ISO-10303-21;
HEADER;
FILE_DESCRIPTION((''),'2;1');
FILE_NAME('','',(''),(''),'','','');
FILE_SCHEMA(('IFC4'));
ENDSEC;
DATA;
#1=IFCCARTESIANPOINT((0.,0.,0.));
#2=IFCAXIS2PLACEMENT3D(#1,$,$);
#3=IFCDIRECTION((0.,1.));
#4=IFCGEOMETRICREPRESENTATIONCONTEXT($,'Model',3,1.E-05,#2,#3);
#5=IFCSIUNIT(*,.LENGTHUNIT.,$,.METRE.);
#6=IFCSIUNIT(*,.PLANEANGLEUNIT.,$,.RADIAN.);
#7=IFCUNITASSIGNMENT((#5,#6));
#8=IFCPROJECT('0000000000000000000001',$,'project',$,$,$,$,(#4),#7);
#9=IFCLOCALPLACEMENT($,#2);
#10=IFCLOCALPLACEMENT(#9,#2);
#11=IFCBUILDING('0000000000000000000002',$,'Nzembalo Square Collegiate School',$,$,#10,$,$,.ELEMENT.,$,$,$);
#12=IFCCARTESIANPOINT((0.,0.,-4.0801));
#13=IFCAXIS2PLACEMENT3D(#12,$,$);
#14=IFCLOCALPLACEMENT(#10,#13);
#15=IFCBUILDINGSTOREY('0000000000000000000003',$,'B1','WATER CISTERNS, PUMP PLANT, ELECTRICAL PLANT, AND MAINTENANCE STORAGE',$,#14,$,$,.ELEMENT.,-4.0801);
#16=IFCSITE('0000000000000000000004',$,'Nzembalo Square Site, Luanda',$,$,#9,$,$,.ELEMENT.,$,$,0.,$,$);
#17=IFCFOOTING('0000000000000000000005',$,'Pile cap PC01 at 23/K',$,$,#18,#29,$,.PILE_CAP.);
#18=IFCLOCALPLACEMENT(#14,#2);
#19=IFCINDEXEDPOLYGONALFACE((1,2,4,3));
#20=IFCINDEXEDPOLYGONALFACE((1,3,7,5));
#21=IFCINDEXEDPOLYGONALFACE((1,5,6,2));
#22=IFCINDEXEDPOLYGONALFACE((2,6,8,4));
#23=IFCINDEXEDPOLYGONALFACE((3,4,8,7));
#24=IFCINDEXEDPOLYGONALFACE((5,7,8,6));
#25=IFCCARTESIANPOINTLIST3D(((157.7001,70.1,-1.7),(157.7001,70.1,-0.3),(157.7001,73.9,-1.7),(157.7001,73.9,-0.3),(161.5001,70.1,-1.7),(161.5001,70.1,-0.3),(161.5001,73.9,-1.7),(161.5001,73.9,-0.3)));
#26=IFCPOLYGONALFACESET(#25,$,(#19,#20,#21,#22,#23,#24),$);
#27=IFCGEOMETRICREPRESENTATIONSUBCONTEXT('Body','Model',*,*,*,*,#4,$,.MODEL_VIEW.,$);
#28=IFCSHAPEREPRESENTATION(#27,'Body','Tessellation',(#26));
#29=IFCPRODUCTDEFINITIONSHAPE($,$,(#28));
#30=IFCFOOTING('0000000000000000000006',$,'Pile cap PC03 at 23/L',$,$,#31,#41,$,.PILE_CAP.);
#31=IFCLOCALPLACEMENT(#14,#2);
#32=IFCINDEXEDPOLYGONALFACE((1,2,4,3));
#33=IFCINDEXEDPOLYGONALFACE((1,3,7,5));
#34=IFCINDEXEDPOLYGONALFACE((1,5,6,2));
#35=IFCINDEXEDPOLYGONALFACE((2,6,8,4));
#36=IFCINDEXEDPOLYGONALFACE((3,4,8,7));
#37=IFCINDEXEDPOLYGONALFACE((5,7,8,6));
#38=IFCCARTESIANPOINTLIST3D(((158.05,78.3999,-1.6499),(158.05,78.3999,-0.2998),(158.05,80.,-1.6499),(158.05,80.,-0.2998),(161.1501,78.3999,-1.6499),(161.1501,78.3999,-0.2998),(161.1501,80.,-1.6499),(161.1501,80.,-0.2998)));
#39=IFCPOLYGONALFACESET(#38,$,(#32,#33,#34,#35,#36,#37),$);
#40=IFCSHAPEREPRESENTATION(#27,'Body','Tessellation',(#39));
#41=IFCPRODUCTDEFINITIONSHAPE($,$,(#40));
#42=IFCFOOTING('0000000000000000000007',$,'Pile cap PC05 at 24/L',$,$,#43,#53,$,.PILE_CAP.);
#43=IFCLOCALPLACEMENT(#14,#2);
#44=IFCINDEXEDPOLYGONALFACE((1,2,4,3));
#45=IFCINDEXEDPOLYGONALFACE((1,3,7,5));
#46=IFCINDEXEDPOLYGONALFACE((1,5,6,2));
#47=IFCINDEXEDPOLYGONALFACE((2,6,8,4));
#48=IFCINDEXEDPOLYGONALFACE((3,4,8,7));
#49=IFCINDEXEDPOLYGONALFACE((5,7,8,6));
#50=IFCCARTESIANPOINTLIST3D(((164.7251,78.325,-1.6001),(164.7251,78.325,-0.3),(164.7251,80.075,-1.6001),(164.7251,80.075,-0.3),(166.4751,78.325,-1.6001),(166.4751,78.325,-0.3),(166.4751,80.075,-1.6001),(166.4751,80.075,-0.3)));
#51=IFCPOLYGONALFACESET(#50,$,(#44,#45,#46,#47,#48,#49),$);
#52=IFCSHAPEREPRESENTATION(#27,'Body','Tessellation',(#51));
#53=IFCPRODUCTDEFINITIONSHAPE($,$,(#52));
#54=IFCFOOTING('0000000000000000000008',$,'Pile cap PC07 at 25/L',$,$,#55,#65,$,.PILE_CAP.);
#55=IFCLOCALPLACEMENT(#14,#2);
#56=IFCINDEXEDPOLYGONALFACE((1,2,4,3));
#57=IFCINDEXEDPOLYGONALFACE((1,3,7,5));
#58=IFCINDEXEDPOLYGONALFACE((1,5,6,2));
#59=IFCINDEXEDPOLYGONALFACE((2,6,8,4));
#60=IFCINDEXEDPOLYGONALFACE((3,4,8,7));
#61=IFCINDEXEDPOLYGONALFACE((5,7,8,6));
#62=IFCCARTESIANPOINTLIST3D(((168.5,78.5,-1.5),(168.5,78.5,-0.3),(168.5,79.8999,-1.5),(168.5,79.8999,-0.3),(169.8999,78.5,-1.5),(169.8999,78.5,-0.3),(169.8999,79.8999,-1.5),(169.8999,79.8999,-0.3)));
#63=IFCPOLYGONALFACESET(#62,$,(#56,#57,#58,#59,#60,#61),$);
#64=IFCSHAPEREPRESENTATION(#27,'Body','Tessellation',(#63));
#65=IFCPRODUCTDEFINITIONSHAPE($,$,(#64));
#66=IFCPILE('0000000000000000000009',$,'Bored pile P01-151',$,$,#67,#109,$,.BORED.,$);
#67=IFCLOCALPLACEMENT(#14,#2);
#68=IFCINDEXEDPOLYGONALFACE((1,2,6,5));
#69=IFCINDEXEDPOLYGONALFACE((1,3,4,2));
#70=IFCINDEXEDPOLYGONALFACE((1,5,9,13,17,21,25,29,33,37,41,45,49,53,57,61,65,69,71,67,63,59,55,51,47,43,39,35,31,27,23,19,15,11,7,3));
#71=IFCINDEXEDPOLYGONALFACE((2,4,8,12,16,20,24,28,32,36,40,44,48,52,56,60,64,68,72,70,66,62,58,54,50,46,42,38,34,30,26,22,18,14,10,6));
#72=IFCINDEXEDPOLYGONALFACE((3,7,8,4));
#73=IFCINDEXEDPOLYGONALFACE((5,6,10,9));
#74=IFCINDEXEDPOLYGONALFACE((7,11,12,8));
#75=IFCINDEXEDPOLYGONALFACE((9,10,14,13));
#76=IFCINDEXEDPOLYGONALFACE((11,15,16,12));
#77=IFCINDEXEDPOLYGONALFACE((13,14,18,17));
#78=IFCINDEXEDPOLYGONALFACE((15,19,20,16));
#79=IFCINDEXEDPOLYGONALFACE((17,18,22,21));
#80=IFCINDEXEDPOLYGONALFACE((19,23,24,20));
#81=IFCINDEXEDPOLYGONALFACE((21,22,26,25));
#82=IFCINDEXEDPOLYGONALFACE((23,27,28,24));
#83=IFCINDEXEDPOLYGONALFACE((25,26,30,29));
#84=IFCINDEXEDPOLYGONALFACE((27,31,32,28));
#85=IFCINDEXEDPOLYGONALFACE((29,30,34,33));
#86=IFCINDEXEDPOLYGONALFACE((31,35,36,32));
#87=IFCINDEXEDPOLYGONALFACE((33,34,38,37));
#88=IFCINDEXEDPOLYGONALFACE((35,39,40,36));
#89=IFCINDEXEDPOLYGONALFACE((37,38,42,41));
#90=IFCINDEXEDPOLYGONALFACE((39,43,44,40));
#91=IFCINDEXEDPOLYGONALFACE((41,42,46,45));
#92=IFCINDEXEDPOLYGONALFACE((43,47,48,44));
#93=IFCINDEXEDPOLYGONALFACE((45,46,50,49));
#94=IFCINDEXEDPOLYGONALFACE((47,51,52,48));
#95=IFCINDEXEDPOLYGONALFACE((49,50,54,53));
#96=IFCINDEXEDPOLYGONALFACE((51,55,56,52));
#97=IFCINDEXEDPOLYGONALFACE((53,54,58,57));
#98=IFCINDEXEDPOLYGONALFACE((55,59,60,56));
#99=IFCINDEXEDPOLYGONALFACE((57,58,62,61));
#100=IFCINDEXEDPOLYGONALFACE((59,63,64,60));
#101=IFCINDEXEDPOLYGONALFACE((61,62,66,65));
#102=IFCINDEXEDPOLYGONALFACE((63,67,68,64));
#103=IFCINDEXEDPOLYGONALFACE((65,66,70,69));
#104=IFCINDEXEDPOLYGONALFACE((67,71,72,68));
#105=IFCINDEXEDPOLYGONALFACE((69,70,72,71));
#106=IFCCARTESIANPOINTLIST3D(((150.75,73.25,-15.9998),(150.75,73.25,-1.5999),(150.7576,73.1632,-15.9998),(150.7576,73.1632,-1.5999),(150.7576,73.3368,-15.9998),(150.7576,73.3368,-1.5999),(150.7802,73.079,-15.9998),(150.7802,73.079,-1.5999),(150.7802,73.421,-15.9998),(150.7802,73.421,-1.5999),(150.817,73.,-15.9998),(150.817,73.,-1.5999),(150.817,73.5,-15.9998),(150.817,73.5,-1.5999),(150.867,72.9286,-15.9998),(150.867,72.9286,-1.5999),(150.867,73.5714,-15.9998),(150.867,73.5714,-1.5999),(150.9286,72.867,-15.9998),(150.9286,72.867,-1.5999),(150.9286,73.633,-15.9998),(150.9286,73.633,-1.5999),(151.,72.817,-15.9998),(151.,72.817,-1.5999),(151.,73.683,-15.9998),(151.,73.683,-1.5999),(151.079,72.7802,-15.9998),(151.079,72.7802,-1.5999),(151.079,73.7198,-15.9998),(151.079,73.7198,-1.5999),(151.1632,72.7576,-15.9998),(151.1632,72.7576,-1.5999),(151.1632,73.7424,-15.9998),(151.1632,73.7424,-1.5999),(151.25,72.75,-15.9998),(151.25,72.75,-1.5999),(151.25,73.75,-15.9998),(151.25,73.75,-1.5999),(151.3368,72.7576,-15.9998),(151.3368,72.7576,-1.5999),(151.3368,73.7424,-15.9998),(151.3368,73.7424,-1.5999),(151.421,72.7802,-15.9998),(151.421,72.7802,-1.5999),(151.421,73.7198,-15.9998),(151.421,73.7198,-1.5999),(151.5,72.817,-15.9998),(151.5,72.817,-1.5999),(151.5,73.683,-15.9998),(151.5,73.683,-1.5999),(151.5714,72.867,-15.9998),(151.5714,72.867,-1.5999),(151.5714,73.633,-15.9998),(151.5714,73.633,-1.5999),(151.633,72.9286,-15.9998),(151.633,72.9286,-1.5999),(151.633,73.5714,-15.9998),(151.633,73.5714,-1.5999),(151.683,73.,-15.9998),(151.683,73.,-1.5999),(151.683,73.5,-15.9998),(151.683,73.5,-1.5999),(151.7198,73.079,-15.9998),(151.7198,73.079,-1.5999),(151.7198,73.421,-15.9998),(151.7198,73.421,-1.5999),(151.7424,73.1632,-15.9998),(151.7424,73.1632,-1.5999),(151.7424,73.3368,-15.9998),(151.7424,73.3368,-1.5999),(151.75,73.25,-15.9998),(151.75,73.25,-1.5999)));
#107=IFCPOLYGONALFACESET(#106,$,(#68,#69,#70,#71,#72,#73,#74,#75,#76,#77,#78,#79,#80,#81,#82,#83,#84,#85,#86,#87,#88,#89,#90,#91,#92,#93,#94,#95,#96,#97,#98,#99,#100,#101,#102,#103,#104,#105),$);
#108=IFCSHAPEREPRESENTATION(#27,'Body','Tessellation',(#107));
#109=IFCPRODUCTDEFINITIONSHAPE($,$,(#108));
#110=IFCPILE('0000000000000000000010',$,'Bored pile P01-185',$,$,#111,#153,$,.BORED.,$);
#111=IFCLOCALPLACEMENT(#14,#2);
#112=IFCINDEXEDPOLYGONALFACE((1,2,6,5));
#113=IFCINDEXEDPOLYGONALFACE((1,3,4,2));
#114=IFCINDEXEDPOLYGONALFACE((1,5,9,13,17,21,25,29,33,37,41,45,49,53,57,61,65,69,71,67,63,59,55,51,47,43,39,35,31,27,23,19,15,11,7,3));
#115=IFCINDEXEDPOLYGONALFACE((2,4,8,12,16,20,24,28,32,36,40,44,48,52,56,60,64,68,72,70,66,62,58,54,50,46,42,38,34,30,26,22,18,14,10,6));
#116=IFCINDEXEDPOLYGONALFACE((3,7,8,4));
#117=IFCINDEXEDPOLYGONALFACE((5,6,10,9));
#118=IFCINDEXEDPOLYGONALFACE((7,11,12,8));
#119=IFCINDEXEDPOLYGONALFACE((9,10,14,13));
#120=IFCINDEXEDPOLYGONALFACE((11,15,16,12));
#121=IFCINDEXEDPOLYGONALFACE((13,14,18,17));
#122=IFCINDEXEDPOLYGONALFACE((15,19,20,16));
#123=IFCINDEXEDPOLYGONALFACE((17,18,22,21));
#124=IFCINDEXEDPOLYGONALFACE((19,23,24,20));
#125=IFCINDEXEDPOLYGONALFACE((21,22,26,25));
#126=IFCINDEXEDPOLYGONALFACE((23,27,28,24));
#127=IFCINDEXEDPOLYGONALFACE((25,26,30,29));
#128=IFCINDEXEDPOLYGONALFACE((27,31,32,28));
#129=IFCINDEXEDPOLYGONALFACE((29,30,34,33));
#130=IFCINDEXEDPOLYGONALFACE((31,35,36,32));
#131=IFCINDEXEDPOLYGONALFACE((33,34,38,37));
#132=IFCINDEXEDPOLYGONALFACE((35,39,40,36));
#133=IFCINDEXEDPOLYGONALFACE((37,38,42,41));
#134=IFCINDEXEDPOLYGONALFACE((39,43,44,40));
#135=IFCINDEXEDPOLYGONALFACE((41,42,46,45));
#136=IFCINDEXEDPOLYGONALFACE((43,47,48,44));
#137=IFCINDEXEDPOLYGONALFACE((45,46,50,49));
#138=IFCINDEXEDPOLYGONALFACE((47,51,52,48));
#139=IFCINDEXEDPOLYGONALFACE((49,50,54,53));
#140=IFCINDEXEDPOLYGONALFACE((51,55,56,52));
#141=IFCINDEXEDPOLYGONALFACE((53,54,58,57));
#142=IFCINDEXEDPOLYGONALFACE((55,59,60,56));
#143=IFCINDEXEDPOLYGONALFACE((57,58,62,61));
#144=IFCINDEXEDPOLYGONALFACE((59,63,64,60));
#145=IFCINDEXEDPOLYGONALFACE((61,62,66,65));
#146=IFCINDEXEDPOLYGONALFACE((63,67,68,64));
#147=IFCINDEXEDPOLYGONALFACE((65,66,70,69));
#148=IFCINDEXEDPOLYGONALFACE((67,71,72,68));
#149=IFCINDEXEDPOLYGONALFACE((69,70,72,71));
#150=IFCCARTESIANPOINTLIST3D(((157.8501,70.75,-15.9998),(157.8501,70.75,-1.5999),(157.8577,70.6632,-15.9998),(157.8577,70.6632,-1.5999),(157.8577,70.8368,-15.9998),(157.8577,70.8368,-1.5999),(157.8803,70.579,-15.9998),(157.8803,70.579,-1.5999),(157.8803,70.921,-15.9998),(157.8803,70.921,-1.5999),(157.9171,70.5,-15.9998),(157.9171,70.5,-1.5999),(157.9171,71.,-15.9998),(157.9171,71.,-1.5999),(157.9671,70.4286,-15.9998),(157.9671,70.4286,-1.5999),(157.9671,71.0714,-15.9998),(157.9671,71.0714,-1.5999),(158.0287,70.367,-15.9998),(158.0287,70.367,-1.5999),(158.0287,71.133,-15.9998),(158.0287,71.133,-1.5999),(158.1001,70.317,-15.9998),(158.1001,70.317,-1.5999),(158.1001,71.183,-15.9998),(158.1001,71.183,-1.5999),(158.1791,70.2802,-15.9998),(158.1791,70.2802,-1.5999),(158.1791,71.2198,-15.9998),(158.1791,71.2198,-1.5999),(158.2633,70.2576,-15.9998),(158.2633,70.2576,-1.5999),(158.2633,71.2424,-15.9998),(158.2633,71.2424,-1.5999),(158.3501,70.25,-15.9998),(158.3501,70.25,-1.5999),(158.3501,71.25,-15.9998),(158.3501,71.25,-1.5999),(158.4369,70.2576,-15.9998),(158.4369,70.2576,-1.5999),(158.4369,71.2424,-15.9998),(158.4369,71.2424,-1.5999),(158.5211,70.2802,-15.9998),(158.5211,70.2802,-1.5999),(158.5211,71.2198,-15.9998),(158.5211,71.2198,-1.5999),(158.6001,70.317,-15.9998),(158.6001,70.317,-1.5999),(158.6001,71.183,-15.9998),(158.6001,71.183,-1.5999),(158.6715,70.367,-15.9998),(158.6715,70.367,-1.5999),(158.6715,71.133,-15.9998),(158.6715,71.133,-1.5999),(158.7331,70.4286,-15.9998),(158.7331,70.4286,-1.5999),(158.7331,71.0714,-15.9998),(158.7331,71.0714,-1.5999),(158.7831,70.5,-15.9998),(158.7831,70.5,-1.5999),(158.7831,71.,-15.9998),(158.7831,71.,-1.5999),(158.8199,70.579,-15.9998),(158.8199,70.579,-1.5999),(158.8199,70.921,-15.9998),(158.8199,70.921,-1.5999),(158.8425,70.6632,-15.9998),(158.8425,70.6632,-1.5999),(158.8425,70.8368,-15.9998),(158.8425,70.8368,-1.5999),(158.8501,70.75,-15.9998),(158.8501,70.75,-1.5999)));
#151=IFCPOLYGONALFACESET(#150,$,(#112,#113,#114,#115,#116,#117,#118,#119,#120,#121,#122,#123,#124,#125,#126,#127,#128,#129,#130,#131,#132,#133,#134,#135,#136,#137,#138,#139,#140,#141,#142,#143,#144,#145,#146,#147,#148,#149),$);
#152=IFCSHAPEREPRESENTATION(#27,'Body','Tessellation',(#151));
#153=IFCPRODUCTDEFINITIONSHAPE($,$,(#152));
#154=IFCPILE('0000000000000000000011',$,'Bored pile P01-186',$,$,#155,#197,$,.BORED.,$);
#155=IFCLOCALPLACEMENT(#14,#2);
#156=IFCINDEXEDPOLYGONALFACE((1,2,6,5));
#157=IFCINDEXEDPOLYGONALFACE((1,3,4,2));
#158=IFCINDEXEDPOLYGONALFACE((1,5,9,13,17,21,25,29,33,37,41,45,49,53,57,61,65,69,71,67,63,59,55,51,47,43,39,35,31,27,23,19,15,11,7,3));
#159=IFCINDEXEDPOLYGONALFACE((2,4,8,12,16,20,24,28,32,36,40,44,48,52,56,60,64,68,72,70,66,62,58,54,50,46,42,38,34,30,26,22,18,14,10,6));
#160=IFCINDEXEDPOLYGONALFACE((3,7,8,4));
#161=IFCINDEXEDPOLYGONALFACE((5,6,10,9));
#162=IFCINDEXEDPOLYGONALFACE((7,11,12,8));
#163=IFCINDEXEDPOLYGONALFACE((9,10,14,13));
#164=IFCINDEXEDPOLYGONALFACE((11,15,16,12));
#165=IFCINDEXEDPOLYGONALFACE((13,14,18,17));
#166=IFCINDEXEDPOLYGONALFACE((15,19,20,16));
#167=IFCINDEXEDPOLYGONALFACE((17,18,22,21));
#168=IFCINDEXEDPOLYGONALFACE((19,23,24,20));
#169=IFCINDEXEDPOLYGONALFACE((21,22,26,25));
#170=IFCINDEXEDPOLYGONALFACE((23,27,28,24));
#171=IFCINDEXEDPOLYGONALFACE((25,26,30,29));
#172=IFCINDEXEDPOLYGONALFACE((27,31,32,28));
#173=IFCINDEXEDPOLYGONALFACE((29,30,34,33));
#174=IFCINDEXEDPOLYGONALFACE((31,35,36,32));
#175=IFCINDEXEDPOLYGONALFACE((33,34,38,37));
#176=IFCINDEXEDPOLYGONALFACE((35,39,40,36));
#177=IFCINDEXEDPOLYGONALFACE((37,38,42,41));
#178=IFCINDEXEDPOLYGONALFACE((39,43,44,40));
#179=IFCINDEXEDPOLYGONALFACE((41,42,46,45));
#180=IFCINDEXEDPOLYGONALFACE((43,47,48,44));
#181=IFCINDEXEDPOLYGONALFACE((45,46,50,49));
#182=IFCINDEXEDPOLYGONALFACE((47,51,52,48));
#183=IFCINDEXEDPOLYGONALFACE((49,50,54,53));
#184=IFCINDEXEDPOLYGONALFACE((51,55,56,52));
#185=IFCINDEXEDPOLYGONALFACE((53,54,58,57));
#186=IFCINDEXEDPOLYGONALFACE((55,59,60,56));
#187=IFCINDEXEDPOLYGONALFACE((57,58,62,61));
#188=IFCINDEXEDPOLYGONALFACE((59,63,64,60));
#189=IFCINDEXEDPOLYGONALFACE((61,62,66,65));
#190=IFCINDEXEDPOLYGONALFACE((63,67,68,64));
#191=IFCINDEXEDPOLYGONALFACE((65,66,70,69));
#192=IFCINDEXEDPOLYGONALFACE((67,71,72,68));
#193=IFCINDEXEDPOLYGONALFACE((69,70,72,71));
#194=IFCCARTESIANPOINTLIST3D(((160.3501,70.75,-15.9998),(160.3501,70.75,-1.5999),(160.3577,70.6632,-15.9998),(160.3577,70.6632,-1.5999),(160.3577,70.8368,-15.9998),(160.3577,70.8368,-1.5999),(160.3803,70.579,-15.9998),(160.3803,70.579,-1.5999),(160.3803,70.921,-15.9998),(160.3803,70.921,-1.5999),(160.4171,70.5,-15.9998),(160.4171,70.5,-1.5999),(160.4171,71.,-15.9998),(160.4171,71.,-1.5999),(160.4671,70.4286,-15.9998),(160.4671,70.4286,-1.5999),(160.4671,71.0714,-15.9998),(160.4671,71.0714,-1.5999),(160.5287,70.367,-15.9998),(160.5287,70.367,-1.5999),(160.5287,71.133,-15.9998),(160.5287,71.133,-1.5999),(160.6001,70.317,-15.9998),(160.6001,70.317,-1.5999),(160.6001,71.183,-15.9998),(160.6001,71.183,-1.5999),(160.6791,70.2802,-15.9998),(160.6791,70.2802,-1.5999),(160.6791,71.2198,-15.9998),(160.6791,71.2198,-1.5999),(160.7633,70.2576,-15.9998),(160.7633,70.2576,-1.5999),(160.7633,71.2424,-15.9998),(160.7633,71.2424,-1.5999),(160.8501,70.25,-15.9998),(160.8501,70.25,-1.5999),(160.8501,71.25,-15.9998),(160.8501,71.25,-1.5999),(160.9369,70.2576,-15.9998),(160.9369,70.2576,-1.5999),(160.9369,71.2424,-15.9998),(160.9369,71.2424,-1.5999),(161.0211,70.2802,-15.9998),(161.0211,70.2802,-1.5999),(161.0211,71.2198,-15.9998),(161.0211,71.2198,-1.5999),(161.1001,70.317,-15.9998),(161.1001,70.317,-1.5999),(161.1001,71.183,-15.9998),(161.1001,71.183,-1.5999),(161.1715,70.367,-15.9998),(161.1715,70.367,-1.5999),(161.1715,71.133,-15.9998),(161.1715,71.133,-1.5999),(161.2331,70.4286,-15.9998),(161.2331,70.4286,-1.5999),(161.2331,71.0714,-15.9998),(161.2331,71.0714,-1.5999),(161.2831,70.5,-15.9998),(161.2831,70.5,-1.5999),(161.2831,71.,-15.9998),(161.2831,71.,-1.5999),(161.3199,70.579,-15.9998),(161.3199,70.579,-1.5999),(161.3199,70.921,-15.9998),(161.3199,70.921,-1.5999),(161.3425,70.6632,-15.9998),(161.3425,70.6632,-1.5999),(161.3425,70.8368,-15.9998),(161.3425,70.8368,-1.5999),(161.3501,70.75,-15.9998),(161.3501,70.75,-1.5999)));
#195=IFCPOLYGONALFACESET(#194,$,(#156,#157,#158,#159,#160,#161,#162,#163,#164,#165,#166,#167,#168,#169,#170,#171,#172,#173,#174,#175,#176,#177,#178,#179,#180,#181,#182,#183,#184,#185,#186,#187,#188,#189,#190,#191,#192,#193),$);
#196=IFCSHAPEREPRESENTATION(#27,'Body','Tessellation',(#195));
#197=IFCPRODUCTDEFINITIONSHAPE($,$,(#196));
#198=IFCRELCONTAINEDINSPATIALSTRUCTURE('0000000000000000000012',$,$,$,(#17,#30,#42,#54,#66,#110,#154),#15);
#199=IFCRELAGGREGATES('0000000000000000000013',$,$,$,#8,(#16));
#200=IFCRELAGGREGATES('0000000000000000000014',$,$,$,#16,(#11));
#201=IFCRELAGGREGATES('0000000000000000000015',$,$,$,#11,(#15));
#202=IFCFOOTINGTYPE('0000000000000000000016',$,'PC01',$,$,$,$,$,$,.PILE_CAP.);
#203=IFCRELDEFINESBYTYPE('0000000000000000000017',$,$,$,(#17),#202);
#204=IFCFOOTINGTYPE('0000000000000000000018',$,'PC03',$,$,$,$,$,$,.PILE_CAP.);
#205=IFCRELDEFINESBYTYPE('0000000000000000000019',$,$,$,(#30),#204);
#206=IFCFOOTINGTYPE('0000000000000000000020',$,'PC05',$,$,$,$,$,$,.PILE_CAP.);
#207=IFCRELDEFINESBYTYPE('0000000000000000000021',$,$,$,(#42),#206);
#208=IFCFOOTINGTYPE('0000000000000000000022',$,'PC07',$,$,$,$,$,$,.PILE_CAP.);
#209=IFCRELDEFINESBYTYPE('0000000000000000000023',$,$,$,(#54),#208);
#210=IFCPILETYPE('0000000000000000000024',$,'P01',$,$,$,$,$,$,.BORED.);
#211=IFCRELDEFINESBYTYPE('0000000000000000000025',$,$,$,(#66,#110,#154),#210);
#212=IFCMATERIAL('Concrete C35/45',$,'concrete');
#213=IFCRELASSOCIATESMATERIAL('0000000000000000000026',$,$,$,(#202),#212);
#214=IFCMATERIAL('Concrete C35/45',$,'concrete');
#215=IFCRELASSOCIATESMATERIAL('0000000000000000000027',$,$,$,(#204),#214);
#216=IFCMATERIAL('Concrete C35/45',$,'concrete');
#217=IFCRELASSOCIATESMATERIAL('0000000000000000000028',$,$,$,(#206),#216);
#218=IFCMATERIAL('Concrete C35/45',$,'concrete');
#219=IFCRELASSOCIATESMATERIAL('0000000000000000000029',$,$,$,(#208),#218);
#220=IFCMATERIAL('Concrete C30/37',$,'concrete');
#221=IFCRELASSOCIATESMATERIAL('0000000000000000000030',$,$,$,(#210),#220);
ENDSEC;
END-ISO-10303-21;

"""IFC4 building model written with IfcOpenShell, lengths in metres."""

from ifc_helpers import new_model, si_unit, direction, frame, origin, origin_2d, place, context, subcontext, project, spatial, rectangle, circle, extrude, material, material_profile, profile_set, type_object, element, save


model = new_model("IFC4")

# Units and contexts
model_context = context("Model", 3, precision=1e-05, world=origin(), true_north=direction((0.0, 1.0)))
body_context = subcontext(model_context, "Body", "Model", "MODEL_VIEW")
ifc_project = project(units=[si_unit("LENGTHUNIT", "METRE"), si_unit("PLANEANGLEUNIT", "RADIAN")], contexts=[model_context])

# Site, building, storey
site_placement = place(None, origin())
site = spatial("IfcSite", under=ifc_project, at=site_placement, Name="Nzembalo Square Site, Luanda", CompositionType="ELEMENT", RefElevation=0.0)
building_placement = place(site_placement, origin())
building = spatial("IfcBuilding", under=site, at=building_placement, Name="Nzembalo Square Collegiate School", CompositionType="ELEMENT")
storey_placement = place(building_placement, frame((0.0, 0.0, -4.0801)))
storey = spatial("IfcBuildingStorey", under=building, at=storey_placement, Name="B1", Description="WATER CISTERNS, PUMP PLANT, ELECTRICAL PLANT, AND MAINTENANCE STORAGE", CompositionType="ELEMENT", Elevation=-4.0801)

# Footings
ifc_material_1 = material(Name="Concrete C35/45", Category="concrete")
footing_type_1 = type_object("IfcFootingType", Name="PC01", PredefinedType="PILE_CAP", material=ifc_material_1)
footing_1_placement = place(storey_placement, frame((159.6001, 72.0, -1.7), z_axis=(0.0, 0.0, 1.0), x_axis=(1.0, 0.0, 0.0)))
element("IfcFooting", 1, at=footing_1_placement, inside=storey, type_object=footing_type_1, Name="Pile cap PC01 at 23/K", PredefinedType="PILE_CAP", context=body_context, shape_type="SweptSolid", body=[
    extrude(rectangle(XDim=3.8, YDim=3.8, at=origin_2d()), origin(), (0.0, 0.0, 1.0), 1.3999),
])
ifc_material_2 = material(Name="Concrete C35/45", Category="concrete")
footing_type_2 = type_object("IfcFootingType", Name="PC03", PredefinedType="PILE_CAP", material=ifc_material_2)
footing_2_placement = place(storey_placement, frame((159.6001, 79.2, -1.6499), z_axis=(0.0, 0.0, 1.0), x_axis=(1.0, 0.0, 0.0)))
element("IfcFooting", 2, at=footing_2_placement, inside=storey, type_object=footing_type_2, Name="Pile cap PC03 at 23/L", PredefinedType="PILE_CAP", context=body_context, shape_type="SweptSolid", body=[
    extrude(rectangle(XDim=3.1001, YDim=1.6001, at=origin_2d()), origin(), (0.0, 0.0, 1.0), 1.3501),
])
ifc_material_3 = material(Name="Concrete C35/45", Category="concrete")
footing_type_3 = type_object("IfcFootingType", Name="PC05", PredefinedType="PILE_CAP", material=ifc_material_3)
footing_3_placement = place(storey_placement, frame((165.6001, 79.2, -1.6001), z_axis=(0.0, 0.0, 1.0), x_axis=(1.0, 0.0, 0.0)))
element("IfcFooting", 3, at=footing_3_placement, inside=storey, type_object=footing_type_3, Name="Pile cap PC05 at 24/L", PredefinedType="PILE_CAP", context=body_context, shape_type="SweptSolid", body=[
    extrude(rectangle(XDim=1.75, YDim=1.75, at=origin_2d()), origin(), (0.0, 0.0, 1.0), 1.3),
])
ifc_material_4 = material(Name="Concrete C35/45", Category="concrete")
footing_type_4 = type_object("IfcFootingType", Name="PC07", PredefinedType="PILE_CAP", material=ifc_material_4)
footing_4_placement = place(storey_placement, frame((169.2, 79.2, -1.5), z_axis=(0.0, 0.0, 1.0), x_axis=(1.0, 0.0, 0.0)))
element("IfcFooting", 4, at=footing_4_placement, inside=storey, type_object=footing_type_4, Name="Pile cap PC07 at 25/L", PredefinedType="PILE_CAP", context=body_context, shape_type="SweptSolid", body=[
    extrude(rectangle(XDim=1.3999, YDim=1.3999, at=origin_2d()), origin(), (0.0, 0.0, 1.0), 1.2),
])

# Piles
ifc_material_5 = material(Name="Concrete C30/37", Category="concrete")
ifc_material_profile_1 = material_profile(ifc_material_5, circle(Radius=0.5, at=origin_2d()), Name="PILE D1000")
ifc_profile_set_1 = profile_set([ifc_material_profile_1], Name="Concrete C30/37")
pile_type_1 = type_object("IfcPileType", Name="P01", PredefinedType="BORED", material=ifc_profile_set_1)
for number, where, z_axis, x_axis, name in (
    (5, (151.25, 73.25, -1.5999), (0.0, 0.0, -1.0), (1.0, 0.0, 0.0), "Bored pile P01-151"),
    (6, (158.3501, 70.75, -1.5999), (0.0, 0.0, -1.0), (1.0, 0.0, 0.0), "Bored pile P01-185"),
    (7, (160.8501, 70.75, -1.5999), (0.0, 0.0, -1.0), (1.0, 0.0, 0.0), "Bored pile P01-186"),
):
    element("IfcPile", number, at=place(storey_placement, frame(where, z_axis=z_axis, x_axis=x_axis)), inside=storey, type_object=pile_type_1, Name=name, PredefinedType="BORED", context=body_context, shape_type="SweptSolid", body=[
        extrude(circle(Radius=0.5, at=origin_2d()), origin(), (0.0, 0.0, 1.0), 14.3999),
    ])

save(model, "model.ifc")
